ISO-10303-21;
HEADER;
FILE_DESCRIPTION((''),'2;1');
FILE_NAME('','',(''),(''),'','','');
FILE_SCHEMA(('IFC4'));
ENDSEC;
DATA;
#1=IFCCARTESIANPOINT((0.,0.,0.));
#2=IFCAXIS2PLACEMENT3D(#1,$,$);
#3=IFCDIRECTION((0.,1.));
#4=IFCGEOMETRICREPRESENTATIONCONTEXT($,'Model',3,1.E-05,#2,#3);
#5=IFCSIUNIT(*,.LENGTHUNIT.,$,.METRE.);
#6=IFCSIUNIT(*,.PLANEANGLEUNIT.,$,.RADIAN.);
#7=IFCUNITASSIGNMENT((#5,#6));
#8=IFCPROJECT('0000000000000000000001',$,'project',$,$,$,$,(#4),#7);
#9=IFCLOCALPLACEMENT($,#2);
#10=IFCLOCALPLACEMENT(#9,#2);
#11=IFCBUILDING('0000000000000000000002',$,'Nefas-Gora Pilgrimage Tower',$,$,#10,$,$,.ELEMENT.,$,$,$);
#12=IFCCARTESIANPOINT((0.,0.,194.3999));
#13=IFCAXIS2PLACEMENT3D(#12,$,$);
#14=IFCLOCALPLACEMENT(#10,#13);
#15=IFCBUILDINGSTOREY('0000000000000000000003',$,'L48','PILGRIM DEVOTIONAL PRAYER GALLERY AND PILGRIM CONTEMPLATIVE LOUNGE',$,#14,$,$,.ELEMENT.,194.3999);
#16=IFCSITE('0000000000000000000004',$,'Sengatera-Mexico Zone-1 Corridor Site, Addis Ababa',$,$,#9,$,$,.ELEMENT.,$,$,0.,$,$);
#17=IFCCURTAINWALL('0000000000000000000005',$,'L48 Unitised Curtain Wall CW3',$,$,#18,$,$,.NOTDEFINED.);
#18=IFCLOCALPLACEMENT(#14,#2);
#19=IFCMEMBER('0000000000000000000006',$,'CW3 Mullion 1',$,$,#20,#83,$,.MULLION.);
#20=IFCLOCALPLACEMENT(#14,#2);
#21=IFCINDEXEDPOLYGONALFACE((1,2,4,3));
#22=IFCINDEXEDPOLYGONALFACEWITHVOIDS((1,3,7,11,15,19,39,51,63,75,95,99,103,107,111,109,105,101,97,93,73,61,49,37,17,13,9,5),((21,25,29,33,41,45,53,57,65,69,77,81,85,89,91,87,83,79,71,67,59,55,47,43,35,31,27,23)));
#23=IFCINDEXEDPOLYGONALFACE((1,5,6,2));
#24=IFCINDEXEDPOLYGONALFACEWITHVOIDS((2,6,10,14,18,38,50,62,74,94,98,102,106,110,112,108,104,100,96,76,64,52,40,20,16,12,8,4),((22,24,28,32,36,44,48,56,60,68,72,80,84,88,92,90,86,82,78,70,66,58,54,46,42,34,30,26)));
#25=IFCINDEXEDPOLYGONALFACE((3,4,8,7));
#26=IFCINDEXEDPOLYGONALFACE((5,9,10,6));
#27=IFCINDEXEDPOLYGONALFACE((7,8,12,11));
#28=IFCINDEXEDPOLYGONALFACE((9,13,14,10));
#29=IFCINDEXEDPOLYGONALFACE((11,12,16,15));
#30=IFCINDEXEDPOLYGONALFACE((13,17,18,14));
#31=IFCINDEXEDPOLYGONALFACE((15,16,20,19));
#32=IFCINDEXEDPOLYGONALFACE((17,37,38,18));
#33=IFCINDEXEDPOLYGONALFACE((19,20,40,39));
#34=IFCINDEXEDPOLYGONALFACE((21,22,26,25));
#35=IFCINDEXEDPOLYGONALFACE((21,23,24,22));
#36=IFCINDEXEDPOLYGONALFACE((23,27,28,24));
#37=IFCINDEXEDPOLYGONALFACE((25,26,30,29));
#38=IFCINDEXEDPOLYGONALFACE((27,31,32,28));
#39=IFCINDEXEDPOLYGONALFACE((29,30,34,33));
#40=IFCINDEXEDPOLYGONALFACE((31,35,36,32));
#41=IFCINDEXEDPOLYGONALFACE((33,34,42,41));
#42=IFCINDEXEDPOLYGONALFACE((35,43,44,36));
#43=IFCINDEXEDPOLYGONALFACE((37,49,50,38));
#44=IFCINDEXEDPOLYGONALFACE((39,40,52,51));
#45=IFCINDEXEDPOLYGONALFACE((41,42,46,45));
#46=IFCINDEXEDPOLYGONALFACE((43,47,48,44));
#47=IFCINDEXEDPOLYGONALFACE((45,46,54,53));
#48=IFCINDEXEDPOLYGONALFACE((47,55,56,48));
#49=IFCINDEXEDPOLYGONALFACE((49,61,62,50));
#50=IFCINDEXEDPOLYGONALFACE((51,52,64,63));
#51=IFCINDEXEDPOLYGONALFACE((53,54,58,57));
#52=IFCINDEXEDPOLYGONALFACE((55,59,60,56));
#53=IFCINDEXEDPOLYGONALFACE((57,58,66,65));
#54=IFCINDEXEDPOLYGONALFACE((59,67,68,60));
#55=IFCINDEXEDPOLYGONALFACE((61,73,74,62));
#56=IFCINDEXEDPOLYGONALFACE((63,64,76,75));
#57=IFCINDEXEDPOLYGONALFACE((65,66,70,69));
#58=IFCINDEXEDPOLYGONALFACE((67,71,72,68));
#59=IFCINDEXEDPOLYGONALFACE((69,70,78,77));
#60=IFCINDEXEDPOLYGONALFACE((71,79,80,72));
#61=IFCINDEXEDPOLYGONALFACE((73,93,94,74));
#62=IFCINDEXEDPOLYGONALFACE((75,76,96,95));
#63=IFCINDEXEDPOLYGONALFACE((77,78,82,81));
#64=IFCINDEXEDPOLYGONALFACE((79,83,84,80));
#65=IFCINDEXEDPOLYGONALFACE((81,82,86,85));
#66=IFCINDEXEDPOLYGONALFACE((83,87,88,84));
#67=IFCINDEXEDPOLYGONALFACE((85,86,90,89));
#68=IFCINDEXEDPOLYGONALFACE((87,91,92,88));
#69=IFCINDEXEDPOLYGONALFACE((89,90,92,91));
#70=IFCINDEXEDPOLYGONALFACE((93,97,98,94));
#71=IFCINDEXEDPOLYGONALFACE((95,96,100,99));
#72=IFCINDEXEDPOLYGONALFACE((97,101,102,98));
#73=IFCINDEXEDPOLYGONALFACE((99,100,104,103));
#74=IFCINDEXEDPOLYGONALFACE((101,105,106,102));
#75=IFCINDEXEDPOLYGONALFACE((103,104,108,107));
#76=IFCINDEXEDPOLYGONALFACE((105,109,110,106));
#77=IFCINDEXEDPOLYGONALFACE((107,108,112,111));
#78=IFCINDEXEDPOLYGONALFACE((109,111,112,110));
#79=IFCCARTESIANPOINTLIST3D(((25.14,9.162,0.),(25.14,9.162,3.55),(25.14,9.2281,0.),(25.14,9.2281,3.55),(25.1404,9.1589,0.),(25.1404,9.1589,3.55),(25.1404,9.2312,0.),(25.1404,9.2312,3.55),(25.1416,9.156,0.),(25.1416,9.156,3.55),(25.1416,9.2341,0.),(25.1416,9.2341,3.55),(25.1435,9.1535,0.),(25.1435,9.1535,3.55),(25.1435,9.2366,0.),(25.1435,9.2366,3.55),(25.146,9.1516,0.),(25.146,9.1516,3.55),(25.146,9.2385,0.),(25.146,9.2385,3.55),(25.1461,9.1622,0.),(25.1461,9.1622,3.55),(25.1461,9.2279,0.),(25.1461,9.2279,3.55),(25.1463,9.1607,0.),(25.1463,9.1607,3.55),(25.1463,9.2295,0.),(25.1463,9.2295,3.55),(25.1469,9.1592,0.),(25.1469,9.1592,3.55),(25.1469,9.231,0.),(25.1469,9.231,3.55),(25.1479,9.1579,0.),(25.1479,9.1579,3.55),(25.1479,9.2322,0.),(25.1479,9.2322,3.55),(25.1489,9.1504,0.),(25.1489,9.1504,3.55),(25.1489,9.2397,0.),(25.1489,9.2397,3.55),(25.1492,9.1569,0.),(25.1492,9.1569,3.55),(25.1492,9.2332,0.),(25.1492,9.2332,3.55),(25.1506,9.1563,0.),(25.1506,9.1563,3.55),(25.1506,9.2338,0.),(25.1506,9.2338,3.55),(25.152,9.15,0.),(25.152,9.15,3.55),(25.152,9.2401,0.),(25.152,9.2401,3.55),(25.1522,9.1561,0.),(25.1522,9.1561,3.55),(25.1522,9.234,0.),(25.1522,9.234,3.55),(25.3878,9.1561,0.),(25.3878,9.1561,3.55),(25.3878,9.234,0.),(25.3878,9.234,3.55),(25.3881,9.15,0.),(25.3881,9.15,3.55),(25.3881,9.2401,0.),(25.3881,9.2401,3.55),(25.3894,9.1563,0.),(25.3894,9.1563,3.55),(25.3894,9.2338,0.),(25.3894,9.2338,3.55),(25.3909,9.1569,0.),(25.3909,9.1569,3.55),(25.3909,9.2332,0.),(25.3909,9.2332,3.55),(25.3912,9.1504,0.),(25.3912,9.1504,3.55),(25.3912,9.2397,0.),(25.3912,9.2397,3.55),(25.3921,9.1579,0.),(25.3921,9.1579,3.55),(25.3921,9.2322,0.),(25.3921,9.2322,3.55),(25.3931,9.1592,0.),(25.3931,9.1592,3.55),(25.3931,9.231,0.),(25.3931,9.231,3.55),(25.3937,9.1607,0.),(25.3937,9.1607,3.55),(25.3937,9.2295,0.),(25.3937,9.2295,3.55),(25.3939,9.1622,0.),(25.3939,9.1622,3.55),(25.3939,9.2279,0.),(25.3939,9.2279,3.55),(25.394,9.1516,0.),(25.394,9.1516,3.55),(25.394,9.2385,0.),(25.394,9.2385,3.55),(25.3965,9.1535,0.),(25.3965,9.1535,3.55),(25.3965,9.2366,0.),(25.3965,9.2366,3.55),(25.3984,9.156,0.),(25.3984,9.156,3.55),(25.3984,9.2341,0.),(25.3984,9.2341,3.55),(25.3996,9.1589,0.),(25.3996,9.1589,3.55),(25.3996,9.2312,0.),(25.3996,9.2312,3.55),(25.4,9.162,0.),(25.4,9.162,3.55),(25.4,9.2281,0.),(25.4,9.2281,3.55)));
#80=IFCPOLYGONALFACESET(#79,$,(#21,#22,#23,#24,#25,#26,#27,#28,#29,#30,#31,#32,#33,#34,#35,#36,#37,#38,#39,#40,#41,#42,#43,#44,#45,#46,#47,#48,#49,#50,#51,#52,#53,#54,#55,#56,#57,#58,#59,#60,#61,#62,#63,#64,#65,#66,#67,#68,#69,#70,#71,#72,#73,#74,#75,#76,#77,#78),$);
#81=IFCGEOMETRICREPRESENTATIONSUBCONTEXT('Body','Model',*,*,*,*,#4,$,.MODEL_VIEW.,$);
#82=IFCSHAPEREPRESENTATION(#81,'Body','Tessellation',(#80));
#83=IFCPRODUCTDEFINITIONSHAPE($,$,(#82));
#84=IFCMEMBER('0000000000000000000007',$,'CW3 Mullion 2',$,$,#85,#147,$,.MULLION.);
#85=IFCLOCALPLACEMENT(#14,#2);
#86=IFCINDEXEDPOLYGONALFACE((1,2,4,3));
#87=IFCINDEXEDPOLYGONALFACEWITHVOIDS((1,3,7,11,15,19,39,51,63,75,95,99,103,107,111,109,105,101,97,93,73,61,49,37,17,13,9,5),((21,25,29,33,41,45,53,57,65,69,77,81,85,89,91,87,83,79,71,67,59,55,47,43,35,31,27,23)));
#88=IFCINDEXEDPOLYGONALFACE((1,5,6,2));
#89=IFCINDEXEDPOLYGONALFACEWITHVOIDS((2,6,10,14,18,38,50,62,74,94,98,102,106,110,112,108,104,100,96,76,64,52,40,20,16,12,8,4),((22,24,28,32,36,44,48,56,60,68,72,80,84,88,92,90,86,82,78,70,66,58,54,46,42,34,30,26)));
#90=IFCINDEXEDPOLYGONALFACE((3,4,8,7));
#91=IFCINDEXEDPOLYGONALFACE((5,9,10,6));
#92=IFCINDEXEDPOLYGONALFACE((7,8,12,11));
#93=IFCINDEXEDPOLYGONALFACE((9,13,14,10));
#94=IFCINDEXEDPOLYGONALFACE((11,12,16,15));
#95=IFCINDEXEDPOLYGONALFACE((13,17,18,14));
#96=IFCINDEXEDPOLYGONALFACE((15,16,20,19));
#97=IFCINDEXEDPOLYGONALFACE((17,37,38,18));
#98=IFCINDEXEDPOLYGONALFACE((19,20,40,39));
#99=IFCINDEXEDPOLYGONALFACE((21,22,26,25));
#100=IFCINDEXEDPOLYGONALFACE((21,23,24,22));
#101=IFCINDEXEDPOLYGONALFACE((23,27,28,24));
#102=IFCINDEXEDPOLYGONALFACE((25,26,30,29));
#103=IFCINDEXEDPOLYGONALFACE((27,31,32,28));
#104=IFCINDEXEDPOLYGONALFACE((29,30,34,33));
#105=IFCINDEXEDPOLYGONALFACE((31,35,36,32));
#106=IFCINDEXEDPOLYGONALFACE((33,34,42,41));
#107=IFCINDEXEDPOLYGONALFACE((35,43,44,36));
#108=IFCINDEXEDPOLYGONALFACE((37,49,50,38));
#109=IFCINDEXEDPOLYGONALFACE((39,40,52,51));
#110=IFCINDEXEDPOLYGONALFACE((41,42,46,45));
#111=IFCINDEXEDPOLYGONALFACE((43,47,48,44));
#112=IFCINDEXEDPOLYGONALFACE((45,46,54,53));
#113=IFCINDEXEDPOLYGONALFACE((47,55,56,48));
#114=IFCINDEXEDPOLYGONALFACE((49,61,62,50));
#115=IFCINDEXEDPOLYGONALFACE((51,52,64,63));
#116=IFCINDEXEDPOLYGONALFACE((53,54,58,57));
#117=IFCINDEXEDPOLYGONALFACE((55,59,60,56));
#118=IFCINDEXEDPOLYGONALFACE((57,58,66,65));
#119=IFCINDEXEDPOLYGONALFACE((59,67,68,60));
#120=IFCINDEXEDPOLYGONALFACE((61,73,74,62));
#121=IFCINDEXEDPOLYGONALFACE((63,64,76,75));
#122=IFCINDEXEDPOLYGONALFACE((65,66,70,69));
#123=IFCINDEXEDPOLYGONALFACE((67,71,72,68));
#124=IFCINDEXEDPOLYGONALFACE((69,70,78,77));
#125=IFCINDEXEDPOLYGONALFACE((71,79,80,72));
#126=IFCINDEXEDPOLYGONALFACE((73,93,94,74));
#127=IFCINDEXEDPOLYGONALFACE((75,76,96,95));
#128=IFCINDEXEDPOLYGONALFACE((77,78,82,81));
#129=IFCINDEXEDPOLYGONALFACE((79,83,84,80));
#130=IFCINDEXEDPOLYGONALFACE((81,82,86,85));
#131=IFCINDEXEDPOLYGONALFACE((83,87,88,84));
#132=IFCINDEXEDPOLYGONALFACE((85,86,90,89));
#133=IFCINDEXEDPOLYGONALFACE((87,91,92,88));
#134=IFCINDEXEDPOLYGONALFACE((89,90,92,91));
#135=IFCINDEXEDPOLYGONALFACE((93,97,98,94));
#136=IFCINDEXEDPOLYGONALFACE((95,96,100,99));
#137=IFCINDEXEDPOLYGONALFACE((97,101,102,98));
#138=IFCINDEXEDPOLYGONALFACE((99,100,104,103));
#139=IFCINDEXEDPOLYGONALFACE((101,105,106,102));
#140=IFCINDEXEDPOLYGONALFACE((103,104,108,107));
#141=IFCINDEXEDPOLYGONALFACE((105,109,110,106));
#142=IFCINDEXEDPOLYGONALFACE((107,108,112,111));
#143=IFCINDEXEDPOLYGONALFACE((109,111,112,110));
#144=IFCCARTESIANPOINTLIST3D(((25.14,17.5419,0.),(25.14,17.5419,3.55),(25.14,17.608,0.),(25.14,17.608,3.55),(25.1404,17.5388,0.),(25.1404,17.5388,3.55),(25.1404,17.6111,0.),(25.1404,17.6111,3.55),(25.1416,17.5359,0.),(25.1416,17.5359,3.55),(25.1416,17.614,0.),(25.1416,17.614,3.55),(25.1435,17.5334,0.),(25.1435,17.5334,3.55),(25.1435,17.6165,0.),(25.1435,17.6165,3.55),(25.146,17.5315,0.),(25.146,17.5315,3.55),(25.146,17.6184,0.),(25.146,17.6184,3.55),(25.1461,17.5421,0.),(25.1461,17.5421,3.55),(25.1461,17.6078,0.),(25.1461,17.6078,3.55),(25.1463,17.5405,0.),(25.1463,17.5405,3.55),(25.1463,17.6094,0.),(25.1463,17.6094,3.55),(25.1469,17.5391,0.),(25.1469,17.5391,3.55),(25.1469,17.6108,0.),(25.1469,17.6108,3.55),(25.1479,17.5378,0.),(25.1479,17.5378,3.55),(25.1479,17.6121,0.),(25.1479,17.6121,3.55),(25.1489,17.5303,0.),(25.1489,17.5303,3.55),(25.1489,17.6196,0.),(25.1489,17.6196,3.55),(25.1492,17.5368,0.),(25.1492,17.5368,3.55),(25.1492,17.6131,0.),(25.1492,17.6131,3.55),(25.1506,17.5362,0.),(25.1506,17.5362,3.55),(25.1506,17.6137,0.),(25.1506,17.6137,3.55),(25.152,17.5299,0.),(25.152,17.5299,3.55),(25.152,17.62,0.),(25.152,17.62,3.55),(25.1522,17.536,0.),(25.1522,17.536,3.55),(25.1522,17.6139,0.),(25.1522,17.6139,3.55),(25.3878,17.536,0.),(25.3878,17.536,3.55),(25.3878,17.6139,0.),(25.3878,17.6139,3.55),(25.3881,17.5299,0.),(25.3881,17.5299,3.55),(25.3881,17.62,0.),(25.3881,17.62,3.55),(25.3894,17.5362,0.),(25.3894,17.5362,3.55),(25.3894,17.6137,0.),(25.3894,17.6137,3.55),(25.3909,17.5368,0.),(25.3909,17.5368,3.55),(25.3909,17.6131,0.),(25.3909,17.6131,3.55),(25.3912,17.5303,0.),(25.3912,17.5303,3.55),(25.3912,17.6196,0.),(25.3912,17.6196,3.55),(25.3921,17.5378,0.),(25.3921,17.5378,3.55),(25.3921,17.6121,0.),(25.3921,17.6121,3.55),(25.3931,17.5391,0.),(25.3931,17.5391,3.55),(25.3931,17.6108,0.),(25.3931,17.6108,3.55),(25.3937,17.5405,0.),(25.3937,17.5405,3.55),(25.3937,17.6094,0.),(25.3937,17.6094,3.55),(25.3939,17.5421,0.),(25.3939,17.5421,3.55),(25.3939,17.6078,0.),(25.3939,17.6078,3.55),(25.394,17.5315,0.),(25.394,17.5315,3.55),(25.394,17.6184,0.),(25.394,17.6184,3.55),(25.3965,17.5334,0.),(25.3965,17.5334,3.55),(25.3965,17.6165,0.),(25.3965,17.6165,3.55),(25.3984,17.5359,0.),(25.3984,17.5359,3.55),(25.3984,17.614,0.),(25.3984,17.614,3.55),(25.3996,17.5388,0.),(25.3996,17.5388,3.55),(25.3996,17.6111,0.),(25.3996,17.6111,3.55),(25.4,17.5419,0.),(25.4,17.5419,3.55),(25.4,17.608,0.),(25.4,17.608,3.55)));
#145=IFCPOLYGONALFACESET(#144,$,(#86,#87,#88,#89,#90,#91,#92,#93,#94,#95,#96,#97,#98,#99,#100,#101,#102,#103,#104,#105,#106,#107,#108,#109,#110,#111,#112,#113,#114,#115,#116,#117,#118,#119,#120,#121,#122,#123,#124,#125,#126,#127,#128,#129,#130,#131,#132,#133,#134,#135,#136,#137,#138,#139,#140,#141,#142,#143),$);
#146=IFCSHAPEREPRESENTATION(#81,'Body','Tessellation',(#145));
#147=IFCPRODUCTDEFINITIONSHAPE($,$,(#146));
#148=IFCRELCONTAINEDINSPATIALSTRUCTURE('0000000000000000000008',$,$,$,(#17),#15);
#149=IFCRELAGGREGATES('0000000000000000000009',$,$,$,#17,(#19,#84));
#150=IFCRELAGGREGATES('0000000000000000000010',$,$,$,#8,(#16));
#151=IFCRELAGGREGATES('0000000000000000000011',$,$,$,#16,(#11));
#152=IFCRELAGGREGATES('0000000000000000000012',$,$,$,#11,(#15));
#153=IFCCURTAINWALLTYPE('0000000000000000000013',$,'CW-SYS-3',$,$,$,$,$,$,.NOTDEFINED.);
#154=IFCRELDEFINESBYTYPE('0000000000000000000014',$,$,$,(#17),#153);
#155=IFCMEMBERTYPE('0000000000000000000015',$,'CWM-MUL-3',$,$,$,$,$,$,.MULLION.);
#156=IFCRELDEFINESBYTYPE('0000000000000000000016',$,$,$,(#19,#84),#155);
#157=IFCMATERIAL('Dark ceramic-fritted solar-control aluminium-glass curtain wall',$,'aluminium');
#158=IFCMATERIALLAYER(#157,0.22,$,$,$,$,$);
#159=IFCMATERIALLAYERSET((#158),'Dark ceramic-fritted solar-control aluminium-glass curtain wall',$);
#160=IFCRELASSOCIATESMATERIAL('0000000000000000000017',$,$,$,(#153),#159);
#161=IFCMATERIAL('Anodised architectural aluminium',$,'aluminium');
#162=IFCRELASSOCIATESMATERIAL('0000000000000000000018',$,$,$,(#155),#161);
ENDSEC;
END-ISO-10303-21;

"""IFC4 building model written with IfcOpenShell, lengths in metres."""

from ifc_helpers import new_model, si_unit, direction, frame, origin, origin_2d, place, context, subcontext, project, spatial, hollow_rectangle, extrude, source, transform, mapped, material, layer, layer_set, material_profile, profile_set, type_object, element, aggregate, save


model = new_model("IFC4")

# Units and contexts
model_context = context("Model", 3, precision=1e-05, world=origin(), true_north=direction((0.0, 1.0)))
body_context = subcontext(model_context, "Body", "Model", "MODEL_VIEW")
ifc_project = project(units=[si_unit("LENGTHUNIT", "METRE"), si_unit("PLANEANGLEUNIT", "RADIAN")], contexts=[model_context])

# Site, building, storey
site_placement = place(None, origin())
site = spatial("IfcSite", under=ifc_project, at=site_placement, Name="Sengatera-Mexico Zone-1 Corridor Site, Addis Ababa", CompositionType="ELEMENT", RefElevation=0.0)
building_placement = place(site_placement, origin())
building = spatial("IfcBuilding", under=site, at=building_placement, Name="Nefas-Gora Pilgrimage Tower", CompositionType="ELEMENT")
storey_placement = place(building_placement, frame((0.0, 0.0, 194.3999)))
storey = spatial("IfcBuildingStorey", under=building, at=storey_placement, Name="L48", Description="PILGRIM DEVOTIONAL PRAYER GALLERY AND PILGRIM CONTEMPLATIVE LOUNGE", CompositionType="ELEMENT", Elevation=194.3999)

# Curtain wall, members
ifc_material_1 = material(Name="Dark ceramic-fritted solar-control aluminium-glass curtain wall", Category="aluminium")
ifc_layer_1 = layer(ifc_material_1, 0.22)
ifc_layer_set_1 = layer_set([ifc_layer_1], Name="Dark ceramic-fritted solar-control aluminium-glass curtain wall")
curtain_wall_type = type_object("IfcCurtainWallType", Name="CW-SYS-3", PredefinedType="NOTDEFINED", material=ifc_layer_set_1)
curtain_wall_1_placement = place(storey_placement, origin())
curtain_wall_1 = element("IfcCurtainWall", 1, at=curtain_wall_1_placement, inside=storey, type_object=curtain_wall_type, Name="L48 Unitised Curtain Wall CW3", PredefinedType="NOTDEFINED")
ifc_material_2 = material(Name="Anodised architectural aluminium", Category="aluminium")
ifc_material_profile_1 = material_profile(ifc_material_2, hollow_rectangle(XDim=0.0901, YDim=0.26, WallThickness=0.0061, InnerFilletRadius=0.0061, OuterFilletRadius=0.012, at=origin_2d()), Name="ALU MULLION 90x260")
ifc_profile_set_1 = profile_set([ifc_material_profile_1], Name="Anodised architectural aluminium")
member_type_1 = type_object("IfcMemberType", Name="CWM-MUL-3", PredefinedType="MULLION", material=ifc_profile_set_1)
shared_shape_1 = source(origin(), body_context, "Body", "SweptSolid", [
    extrude(hollow_rectangle(XDim=0.0901, YDim=0.26, WallThickness=0.0061, InnerFilletRadius=0.0061, OuterFilletRadius=0.012, at=origin_2d()), origin(), (0.0, 0.0, 1.0), 3.55),
])
member_1_placement = place(storey_placement, frame((25.27, 9.1951, 0.0), z_axis=(0.0, 0.0, 1.0), x_axis=(0.0, 1.0, 0.0)))
member_1 = element("IfcMember", 2, at=member_1_placement, type_object=member_type_1, Name="CW3 Mullion 1", PredefinedType="MULLION", context=body_context, shape_type="MappedRepresentation", body=[
    mapped(shared_shape_1, transform((0.0, 0.0, 0.0), x_axis=(1.0, 0.0, 0.0), y_axis=(0.0, 1.0, 0.0), z_axis=(0.0, 0.0, 1.0), scale=1.0)),
])
member_2_placement = place(storey_placement, frame((25.27, 17.575, 0.0), z_axis=(0.0, 0.0, 1.0), x_axis=(0.0, 1.0, 0.0)))
member_2 = element("IfcMember", 3, at=member_2_placement, type_object=member_type_1, Name="CW3 Mullion 2", PredefinedType="MULLION", context=body_context, shape_type="MappedRepresentation", body=[
    mapped(shared_shape_1, transform((0.0, 0.0, 0.0), x_axis=(1.0, 0.0, 0.0), y_axis=(0.0, 1.0, 0.0), z_axis=(0.0, 0.0, 1.0), scale=1.0)),
])

aggregate(curtain_wall_1, [member_1, member_2])

save(model, "model.ifc")
